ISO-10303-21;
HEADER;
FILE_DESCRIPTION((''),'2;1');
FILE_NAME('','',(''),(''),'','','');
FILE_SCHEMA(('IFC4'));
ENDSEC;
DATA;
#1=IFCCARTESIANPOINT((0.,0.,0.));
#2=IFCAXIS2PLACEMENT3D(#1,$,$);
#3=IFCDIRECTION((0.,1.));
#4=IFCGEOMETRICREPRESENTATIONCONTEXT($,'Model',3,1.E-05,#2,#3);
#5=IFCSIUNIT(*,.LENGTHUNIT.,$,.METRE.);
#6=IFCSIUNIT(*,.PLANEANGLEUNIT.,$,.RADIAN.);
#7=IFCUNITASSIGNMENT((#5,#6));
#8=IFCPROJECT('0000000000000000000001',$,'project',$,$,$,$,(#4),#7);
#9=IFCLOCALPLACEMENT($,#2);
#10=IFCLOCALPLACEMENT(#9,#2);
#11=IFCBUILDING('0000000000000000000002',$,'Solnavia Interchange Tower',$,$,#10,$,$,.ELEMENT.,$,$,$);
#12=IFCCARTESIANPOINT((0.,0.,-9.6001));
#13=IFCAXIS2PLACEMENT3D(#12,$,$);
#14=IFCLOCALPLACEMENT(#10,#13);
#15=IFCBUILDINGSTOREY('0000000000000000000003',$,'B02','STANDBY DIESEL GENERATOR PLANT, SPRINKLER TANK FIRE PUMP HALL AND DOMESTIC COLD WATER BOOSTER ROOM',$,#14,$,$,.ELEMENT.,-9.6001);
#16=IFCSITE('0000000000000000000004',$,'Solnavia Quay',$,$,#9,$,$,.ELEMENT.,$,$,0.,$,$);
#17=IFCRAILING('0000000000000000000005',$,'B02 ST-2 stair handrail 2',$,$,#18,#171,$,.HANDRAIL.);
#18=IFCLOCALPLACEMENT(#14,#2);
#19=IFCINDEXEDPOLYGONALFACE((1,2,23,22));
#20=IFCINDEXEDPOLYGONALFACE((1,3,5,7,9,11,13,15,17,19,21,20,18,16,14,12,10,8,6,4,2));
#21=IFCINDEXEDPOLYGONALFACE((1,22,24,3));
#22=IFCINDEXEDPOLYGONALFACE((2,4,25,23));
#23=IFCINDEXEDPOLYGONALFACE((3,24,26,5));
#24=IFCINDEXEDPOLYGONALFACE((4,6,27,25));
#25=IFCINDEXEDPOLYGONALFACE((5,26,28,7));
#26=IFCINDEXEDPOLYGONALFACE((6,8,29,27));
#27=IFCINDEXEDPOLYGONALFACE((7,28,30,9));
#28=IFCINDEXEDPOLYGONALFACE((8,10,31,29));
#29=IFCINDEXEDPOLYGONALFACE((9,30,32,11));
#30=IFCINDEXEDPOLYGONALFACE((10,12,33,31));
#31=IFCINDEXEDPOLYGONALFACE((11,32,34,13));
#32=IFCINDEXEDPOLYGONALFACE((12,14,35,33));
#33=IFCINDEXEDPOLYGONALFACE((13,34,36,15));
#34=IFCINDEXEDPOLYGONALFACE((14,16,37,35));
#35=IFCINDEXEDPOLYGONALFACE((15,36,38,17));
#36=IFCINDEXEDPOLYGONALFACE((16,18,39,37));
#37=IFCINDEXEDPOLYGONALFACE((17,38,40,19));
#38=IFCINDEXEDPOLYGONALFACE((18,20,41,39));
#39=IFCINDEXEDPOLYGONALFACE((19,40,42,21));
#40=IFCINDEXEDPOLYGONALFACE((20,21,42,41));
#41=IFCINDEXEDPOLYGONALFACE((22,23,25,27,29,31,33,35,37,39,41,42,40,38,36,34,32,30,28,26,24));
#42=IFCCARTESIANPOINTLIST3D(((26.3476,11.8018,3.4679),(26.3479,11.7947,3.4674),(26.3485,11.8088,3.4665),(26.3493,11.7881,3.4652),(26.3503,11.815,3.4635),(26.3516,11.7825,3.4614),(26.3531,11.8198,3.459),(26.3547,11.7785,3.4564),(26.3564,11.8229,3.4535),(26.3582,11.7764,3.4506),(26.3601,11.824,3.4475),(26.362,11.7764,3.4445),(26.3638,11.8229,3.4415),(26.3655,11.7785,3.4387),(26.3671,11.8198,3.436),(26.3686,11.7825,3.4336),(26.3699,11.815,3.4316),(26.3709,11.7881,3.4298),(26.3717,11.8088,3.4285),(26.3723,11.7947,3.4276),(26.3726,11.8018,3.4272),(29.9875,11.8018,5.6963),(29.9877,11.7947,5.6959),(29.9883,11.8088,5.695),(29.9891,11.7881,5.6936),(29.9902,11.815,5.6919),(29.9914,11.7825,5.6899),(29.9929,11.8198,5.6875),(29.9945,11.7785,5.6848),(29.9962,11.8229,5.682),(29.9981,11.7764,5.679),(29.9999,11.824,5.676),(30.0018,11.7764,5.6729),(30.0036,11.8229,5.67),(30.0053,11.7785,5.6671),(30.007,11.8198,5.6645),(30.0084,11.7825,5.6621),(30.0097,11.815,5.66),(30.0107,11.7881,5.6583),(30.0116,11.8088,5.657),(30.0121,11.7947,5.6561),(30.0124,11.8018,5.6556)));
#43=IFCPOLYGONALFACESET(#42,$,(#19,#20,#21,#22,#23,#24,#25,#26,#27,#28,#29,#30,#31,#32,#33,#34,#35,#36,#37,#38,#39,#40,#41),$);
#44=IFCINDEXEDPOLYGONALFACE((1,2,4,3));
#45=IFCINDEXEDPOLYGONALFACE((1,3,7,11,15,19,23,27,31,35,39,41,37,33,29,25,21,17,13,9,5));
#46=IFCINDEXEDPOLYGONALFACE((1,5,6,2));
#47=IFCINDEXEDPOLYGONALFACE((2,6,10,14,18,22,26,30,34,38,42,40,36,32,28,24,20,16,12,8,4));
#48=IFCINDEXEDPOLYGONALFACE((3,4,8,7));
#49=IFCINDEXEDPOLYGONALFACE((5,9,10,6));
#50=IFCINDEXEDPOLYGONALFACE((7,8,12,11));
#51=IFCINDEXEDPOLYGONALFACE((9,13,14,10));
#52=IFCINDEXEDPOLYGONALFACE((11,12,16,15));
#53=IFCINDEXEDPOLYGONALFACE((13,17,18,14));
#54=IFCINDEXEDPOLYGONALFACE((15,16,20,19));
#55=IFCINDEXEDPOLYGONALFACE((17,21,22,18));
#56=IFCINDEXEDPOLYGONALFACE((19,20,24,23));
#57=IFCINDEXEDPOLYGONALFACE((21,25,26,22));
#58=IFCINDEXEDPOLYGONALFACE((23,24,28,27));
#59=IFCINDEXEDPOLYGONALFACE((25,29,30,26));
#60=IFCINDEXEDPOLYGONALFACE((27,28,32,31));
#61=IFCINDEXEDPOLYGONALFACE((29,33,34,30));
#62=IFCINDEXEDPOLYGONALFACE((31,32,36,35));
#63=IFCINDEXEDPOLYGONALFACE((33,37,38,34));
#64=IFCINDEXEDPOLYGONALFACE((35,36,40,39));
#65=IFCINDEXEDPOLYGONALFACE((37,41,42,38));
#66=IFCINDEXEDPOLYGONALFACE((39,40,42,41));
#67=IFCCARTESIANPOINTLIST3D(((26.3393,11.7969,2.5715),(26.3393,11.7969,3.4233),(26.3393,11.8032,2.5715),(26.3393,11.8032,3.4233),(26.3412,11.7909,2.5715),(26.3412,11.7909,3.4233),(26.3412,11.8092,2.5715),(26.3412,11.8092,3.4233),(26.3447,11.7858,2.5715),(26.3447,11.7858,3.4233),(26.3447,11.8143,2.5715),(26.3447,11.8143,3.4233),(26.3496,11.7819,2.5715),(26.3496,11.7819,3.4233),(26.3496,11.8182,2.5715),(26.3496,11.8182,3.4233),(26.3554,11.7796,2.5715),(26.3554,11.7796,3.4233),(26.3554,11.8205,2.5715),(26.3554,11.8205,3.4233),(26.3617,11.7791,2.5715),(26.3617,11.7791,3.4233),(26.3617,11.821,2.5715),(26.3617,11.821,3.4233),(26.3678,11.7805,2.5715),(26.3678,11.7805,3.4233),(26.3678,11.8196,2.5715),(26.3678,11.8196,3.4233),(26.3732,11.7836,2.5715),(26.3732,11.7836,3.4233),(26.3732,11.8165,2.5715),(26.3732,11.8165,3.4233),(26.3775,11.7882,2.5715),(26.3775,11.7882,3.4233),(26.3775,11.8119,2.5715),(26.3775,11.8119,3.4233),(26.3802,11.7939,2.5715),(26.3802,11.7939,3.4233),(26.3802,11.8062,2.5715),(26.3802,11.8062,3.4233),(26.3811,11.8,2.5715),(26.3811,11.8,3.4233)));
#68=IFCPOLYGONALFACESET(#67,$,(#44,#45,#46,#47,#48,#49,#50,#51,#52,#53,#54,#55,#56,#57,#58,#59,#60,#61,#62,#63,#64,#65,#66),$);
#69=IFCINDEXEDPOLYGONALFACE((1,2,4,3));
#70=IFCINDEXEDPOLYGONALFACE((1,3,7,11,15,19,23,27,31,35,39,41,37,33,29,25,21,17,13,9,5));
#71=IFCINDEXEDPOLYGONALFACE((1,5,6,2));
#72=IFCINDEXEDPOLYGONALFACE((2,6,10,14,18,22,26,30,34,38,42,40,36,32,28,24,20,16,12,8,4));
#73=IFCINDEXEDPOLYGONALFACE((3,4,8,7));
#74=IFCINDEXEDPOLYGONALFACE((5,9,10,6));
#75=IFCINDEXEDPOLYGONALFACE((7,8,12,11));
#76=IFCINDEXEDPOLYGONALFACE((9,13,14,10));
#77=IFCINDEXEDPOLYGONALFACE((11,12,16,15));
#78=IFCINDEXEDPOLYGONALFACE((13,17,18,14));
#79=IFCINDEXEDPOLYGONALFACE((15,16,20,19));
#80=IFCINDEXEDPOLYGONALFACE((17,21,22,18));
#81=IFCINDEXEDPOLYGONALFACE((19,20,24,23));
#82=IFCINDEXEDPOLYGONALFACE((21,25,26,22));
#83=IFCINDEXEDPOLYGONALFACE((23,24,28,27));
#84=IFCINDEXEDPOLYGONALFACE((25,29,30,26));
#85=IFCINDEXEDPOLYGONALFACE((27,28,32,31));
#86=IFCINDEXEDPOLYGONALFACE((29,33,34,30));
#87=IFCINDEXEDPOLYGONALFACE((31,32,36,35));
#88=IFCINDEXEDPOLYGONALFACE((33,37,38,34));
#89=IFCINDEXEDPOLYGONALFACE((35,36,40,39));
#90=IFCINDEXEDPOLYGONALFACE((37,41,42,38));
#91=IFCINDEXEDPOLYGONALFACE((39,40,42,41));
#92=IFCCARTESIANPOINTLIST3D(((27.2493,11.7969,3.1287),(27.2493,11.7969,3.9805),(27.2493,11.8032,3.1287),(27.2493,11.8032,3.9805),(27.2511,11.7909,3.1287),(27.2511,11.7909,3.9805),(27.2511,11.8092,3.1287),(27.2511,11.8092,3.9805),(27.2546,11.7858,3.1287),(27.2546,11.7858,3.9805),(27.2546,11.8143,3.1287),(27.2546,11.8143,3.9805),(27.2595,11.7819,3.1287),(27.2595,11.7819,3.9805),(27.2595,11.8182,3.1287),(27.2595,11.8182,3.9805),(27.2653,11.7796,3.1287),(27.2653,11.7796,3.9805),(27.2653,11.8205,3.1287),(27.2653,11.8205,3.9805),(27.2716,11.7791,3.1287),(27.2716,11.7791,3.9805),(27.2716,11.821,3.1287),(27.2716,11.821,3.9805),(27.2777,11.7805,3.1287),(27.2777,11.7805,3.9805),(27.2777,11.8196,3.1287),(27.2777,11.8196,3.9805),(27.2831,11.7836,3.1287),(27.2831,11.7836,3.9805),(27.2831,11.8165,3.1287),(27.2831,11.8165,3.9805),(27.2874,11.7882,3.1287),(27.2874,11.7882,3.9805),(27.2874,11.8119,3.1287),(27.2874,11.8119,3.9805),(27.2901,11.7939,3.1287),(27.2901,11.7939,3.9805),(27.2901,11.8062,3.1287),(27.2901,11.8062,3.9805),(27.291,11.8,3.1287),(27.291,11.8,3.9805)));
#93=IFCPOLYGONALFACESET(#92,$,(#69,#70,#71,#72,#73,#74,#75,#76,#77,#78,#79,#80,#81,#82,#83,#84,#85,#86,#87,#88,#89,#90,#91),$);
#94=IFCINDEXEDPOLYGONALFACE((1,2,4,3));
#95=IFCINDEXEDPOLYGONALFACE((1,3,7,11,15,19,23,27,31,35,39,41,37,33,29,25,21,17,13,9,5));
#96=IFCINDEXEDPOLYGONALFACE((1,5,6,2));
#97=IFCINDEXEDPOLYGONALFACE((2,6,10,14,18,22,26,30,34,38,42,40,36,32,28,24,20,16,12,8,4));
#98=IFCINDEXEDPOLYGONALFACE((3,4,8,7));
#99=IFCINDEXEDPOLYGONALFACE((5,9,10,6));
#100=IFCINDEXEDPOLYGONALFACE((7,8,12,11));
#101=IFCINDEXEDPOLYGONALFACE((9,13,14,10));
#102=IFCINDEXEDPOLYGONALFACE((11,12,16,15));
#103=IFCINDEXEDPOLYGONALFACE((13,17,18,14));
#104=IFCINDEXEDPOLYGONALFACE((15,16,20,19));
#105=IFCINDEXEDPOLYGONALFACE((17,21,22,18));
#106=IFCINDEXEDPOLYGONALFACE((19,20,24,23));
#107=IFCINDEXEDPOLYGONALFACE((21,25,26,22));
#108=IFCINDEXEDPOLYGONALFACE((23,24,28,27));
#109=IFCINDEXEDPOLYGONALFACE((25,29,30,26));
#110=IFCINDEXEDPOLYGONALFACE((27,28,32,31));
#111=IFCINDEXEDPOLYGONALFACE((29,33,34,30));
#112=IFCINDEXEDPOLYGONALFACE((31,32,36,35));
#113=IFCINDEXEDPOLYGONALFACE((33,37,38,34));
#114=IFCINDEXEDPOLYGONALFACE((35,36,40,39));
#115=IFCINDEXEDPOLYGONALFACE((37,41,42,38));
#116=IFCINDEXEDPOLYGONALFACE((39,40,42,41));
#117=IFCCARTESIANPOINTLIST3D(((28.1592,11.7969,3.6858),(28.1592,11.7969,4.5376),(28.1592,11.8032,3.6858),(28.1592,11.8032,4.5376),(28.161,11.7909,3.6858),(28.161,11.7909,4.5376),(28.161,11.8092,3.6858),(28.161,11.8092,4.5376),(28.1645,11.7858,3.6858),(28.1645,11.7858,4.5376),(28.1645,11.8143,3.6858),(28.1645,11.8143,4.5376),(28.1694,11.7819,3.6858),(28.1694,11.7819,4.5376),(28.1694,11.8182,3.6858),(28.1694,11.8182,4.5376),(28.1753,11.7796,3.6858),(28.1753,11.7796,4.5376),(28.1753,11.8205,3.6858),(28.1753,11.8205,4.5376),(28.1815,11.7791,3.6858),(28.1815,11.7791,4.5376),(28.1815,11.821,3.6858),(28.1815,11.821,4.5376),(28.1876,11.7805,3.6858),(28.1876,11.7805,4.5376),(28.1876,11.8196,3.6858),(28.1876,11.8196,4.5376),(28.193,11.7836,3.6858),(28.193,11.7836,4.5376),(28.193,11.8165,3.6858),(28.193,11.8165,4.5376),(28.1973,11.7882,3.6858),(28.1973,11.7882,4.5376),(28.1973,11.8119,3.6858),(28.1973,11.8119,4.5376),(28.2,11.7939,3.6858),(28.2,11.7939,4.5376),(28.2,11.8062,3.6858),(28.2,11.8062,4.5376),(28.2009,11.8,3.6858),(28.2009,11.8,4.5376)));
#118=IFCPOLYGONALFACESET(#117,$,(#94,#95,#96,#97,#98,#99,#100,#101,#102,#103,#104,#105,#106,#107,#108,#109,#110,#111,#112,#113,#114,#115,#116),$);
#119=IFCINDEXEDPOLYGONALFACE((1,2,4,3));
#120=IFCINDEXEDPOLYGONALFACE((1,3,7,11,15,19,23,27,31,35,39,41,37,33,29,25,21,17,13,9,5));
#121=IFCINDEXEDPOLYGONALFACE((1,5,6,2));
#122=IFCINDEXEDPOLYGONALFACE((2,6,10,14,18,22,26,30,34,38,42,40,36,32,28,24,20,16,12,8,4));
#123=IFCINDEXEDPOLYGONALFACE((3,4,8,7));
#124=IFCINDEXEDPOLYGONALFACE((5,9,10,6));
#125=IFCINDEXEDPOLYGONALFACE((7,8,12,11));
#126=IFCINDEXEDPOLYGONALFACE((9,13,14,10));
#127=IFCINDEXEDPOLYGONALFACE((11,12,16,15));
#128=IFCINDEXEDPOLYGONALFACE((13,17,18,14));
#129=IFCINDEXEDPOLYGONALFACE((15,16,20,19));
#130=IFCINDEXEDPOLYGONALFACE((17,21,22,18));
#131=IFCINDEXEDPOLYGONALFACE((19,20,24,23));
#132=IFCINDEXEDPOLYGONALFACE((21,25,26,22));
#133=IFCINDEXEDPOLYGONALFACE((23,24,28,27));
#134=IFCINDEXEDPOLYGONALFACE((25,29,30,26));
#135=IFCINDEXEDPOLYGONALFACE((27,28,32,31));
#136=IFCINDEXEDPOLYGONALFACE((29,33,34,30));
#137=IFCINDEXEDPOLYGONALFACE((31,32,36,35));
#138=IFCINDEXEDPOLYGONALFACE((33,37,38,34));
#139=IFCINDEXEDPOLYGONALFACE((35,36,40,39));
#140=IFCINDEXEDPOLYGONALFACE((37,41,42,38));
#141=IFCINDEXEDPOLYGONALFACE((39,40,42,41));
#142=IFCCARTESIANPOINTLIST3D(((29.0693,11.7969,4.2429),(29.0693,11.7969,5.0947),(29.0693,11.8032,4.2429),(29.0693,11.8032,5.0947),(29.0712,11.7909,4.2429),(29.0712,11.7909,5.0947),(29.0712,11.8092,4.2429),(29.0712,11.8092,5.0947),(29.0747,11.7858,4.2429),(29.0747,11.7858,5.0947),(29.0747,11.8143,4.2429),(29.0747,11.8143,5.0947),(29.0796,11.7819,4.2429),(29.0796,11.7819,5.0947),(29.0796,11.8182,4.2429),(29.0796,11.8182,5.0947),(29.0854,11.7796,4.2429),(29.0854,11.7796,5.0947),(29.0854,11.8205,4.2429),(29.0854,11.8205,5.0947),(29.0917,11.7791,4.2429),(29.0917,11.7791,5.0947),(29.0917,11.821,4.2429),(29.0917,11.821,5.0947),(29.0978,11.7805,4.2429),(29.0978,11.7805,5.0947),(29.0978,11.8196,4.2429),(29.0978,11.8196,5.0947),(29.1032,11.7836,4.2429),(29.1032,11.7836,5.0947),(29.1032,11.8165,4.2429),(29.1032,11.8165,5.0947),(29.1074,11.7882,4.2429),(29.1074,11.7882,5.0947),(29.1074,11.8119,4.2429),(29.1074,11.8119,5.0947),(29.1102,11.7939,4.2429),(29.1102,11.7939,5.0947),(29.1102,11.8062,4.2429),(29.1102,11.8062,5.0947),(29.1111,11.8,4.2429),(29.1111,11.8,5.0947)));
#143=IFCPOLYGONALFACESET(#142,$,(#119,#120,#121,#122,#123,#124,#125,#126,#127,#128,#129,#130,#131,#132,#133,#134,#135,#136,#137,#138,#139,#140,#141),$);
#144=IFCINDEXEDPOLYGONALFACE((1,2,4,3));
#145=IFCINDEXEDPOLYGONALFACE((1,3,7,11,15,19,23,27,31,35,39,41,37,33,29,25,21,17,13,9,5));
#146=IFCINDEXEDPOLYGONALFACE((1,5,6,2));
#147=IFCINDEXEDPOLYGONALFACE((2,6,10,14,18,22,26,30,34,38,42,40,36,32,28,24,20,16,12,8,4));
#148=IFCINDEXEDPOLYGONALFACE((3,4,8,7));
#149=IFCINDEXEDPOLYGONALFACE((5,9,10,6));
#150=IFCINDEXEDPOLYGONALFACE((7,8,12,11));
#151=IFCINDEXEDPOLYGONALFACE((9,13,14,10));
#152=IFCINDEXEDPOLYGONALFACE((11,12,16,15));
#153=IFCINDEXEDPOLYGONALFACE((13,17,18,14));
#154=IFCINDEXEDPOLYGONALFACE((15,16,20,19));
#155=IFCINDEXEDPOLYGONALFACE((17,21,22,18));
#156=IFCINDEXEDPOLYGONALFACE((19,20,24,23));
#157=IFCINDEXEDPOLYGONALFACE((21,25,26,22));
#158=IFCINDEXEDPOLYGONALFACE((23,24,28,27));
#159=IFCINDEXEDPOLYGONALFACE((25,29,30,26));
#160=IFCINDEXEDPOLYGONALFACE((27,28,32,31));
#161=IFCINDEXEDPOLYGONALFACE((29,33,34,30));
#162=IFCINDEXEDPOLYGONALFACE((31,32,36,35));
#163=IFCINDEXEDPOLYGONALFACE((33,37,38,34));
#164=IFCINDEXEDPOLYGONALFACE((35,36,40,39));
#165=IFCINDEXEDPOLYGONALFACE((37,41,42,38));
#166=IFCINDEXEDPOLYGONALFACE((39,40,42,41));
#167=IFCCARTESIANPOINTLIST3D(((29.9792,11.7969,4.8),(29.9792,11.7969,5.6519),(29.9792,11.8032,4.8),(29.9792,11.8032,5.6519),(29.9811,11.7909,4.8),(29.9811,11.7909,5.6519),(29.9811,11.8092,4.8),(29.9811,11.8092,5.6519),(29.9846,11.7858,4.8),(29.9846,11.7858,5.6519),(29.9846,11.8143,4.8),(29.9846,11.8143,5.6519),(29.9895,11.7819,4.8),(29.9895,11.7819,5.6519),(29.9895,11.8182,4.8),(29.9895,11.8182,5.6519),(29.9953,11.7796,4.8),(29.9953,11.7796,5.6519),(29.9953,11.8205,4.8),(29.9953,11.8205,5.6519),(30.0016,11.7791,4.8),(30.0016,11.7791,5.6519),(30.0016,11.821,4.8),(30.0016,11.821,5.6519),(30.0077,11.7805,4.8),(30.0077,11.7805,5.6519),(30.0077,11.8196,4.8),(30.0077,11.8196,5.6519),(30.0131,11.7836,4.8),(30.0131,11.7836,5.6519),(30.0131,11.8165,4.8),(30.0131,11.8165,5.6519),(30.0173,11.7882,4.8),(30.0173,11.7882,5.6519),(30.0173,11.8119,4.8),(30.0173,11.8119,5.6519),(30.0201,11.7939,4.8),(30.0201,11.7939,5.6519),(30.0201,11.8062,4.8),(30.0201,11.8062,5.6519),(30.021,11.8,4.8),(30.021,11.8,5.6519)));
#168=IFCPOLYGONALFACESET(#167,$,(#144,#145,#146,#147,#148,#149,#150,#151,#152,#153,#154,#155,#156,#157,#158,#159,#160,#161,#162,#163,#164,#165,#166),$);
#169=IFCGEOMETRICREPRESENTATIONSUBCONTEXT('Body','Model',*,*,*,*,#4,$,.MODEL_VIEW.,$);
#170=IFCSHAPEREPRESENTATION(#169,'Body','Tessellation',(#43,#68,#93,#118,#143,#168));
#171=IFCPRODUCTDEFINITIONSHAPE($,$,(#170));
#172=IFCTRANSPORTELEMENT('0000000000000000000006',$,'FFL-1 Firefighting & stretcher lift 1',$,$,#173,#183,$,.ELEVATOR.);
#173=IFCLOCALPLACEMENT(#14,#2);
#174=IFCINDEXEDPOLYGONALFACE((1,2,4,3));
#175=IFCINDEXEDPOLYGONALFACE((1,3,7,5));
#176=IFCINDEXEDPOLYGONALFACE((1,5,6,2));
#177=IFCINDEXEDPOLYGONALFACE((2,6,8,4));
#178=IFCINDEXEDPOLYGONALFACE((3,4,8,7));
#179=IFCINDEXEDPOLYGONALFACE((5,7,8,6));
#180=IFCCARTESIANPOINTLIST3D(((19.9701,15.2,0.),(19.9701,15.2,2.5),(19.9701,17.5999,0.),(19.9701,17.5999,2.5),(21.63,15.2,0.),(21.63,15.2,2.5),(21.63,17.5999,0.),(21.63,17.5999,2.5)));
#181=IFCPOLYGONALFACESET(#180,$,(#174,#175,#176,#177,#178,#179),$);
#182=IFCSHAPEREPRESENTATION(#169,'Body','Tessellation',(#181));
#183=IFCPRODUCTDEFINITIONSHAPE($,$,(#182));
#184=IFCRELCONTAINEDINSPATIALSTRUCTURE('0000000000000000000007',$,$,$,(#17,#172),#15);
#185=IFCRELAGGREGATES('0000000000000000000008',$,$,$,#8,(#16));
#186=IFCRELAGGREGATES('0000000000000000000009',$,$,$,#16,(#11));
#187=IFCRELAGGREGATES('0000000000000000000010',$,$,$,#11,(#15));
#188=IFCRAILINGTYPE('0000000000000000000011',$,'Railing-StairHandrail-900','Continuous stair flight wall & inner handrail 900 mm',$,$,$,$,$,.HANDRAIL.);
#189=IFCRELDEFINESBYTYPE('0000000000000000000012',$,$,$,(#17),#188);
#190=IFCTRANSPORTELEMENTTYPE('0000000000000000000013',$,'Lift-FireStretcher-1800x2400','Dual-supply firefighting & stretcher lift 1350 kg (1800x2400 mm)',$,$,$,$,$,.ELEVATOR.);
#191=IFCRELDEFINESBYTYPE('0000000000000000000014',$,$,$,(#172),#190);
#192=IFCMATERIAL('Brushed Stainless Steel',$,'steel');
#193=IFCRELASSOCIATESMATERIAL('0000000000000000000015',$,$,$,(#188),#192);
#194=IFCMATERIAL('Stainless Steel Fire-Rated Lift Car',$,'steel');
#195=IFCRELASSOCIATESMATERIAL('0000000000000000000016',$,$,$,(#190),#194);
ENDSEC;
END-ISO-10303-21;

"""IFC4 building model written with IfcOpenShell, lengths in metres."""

from ifc_helpers import new_model, si_unit, direction, frame, origin, origin_2d, place, context, subcontext, project, spatial, rectangle, circle, extrude, material, type_object, element, save


model = new_model("IFC4")

# Units and contexts
model_context = context("Model", 3, precision=1e-05, world=origin(), true_north=direction((0.0, 1.0)))
body_context = subcontext(model_context, "Body", "Model", "MODEL_VIEW")
ifc_project = project(units=[si_unit("LENGTHUNIT", "METRE"), si_unit("PLANEANGLEUNIT", "RADIAN")], contexts=[model_context])

# Site, building, storey
site_placement = place(None, origin())
site = spatial("IfcSite", under=ifc_project, at=site_placement, Name="Solnavia Quay", CompositionType="ELEMENT", RefElevation=0.0)
building_placement = place(site_placement, origin())
building = spatial("IfcBuilding", under=site, at=building_placement, Name="Solnavia Interchange Tower", CompositionType="ELEMENT")
storey_placement = place(building_placement, frame((0.0, 0.0, -9.6001)))
storey = spatial("IfcBuildingStorey", under=building, at=storey_placement, Name="B02", Description="STANDBY DIESEL GENERATOR PLANT, SPRINKLER TANK FIRE PUMP HALL AND DOMESTIC COLD WATER BOOSTER ROOM", CompositionType="ELEMENT", Elevation=-9.6001)

# Railing
ifc_material_1 = material(Name="Brushed Stainless Steel", Category="steel")
railing_type_1 = type_object("IfcRailingType", Name="Railing-StairHandrail-900", Description="Continuous stair flight wall & inner handrail 900 mm", PredefinedType="HANDRAIL", material=ifc_material_1)
railing_1_placement = place(storey_placement, frame((26.3601, 11.8, 2.5715)))
element("IfcRailing", 1, at=railing_1_placement, inside=storey, type_object=railing_type_1, Name="B02 ST-2 stair handrail 2", PredefinedType="HANDRAIL", context=body_context, shape_type="SweptSolid", body=[
    extrude(circle(Radius=0.0239, at=origin_2d()), frame((0.0, 0.0, 0.876), z_axis=(0.85285, 0.0, 0.522156), x_axis=(0.0, 1.0, 0.0)), (0.0, 0.0, 1.0), 4.2678),
    extrude(circle(Radius=0.021, at=origin_2d()), origin(), (0.0, 0.0, 1.0), 0.8518),
    extrude(circle(Radius=0.021, at=origin_2d()), frame((0.9099, 0.0, 0.5571)), (0.0, 0.0, 1.0), 0.8518),
    extrude(circle(Radius=0.021, at=origin_2d()), frame((1.8198, 0.0, 1.1143)), (0.0, 0.0, 1.0), 0.8518),
    extrude(circle(Radius=0.021, at=origin_2d()), frame((2.73, 0.0, 1.6714)), (0.0, 0.0, 1.0), 0.8518),
    extrude(circle(Radius=0.021, at=origin_2d()), frame((3.6399, 0.0, 2.2285)), (0.0, 0.0, 1.0), 0.8518),
])

# Transport element
ifc_material_2 = material(Name="Stainless Steel Fire-Rated Lift Car", Category="steel")
transport_element_type = type_object("IfcTransportElementType", Name="Lift-FireStretcher-1800x2400", Description="Dual-supply firefighting & stretcher lift 1350 kg (1800x2400 mm)", PredefinedType="ELEVATOR", material=ifc_material_2)
transport_element_placement = place(storey_placement, frame((20.8, 16.3999, 0.0), z_axis=(0.0, 0.0, 1.0), x_axis=(1.0, 0.0, 0.0)))
element("IfcTransportElement", 2, at=transport_element_placement, inside=storey, type_object=transport_element_type, Name="FFL-1 Firefighting & stretcher lift 1", PredefinedType="ELEVATOR", context=body_context, shape_type="SweptSolid", body=[
    extrude(rectangle(XDim=1.6599, YDim=2.3999, at=origin_2d()), origin(), (0.0, 0.0, 1.0), 2.5),
])

save(model, "model.ifc")
